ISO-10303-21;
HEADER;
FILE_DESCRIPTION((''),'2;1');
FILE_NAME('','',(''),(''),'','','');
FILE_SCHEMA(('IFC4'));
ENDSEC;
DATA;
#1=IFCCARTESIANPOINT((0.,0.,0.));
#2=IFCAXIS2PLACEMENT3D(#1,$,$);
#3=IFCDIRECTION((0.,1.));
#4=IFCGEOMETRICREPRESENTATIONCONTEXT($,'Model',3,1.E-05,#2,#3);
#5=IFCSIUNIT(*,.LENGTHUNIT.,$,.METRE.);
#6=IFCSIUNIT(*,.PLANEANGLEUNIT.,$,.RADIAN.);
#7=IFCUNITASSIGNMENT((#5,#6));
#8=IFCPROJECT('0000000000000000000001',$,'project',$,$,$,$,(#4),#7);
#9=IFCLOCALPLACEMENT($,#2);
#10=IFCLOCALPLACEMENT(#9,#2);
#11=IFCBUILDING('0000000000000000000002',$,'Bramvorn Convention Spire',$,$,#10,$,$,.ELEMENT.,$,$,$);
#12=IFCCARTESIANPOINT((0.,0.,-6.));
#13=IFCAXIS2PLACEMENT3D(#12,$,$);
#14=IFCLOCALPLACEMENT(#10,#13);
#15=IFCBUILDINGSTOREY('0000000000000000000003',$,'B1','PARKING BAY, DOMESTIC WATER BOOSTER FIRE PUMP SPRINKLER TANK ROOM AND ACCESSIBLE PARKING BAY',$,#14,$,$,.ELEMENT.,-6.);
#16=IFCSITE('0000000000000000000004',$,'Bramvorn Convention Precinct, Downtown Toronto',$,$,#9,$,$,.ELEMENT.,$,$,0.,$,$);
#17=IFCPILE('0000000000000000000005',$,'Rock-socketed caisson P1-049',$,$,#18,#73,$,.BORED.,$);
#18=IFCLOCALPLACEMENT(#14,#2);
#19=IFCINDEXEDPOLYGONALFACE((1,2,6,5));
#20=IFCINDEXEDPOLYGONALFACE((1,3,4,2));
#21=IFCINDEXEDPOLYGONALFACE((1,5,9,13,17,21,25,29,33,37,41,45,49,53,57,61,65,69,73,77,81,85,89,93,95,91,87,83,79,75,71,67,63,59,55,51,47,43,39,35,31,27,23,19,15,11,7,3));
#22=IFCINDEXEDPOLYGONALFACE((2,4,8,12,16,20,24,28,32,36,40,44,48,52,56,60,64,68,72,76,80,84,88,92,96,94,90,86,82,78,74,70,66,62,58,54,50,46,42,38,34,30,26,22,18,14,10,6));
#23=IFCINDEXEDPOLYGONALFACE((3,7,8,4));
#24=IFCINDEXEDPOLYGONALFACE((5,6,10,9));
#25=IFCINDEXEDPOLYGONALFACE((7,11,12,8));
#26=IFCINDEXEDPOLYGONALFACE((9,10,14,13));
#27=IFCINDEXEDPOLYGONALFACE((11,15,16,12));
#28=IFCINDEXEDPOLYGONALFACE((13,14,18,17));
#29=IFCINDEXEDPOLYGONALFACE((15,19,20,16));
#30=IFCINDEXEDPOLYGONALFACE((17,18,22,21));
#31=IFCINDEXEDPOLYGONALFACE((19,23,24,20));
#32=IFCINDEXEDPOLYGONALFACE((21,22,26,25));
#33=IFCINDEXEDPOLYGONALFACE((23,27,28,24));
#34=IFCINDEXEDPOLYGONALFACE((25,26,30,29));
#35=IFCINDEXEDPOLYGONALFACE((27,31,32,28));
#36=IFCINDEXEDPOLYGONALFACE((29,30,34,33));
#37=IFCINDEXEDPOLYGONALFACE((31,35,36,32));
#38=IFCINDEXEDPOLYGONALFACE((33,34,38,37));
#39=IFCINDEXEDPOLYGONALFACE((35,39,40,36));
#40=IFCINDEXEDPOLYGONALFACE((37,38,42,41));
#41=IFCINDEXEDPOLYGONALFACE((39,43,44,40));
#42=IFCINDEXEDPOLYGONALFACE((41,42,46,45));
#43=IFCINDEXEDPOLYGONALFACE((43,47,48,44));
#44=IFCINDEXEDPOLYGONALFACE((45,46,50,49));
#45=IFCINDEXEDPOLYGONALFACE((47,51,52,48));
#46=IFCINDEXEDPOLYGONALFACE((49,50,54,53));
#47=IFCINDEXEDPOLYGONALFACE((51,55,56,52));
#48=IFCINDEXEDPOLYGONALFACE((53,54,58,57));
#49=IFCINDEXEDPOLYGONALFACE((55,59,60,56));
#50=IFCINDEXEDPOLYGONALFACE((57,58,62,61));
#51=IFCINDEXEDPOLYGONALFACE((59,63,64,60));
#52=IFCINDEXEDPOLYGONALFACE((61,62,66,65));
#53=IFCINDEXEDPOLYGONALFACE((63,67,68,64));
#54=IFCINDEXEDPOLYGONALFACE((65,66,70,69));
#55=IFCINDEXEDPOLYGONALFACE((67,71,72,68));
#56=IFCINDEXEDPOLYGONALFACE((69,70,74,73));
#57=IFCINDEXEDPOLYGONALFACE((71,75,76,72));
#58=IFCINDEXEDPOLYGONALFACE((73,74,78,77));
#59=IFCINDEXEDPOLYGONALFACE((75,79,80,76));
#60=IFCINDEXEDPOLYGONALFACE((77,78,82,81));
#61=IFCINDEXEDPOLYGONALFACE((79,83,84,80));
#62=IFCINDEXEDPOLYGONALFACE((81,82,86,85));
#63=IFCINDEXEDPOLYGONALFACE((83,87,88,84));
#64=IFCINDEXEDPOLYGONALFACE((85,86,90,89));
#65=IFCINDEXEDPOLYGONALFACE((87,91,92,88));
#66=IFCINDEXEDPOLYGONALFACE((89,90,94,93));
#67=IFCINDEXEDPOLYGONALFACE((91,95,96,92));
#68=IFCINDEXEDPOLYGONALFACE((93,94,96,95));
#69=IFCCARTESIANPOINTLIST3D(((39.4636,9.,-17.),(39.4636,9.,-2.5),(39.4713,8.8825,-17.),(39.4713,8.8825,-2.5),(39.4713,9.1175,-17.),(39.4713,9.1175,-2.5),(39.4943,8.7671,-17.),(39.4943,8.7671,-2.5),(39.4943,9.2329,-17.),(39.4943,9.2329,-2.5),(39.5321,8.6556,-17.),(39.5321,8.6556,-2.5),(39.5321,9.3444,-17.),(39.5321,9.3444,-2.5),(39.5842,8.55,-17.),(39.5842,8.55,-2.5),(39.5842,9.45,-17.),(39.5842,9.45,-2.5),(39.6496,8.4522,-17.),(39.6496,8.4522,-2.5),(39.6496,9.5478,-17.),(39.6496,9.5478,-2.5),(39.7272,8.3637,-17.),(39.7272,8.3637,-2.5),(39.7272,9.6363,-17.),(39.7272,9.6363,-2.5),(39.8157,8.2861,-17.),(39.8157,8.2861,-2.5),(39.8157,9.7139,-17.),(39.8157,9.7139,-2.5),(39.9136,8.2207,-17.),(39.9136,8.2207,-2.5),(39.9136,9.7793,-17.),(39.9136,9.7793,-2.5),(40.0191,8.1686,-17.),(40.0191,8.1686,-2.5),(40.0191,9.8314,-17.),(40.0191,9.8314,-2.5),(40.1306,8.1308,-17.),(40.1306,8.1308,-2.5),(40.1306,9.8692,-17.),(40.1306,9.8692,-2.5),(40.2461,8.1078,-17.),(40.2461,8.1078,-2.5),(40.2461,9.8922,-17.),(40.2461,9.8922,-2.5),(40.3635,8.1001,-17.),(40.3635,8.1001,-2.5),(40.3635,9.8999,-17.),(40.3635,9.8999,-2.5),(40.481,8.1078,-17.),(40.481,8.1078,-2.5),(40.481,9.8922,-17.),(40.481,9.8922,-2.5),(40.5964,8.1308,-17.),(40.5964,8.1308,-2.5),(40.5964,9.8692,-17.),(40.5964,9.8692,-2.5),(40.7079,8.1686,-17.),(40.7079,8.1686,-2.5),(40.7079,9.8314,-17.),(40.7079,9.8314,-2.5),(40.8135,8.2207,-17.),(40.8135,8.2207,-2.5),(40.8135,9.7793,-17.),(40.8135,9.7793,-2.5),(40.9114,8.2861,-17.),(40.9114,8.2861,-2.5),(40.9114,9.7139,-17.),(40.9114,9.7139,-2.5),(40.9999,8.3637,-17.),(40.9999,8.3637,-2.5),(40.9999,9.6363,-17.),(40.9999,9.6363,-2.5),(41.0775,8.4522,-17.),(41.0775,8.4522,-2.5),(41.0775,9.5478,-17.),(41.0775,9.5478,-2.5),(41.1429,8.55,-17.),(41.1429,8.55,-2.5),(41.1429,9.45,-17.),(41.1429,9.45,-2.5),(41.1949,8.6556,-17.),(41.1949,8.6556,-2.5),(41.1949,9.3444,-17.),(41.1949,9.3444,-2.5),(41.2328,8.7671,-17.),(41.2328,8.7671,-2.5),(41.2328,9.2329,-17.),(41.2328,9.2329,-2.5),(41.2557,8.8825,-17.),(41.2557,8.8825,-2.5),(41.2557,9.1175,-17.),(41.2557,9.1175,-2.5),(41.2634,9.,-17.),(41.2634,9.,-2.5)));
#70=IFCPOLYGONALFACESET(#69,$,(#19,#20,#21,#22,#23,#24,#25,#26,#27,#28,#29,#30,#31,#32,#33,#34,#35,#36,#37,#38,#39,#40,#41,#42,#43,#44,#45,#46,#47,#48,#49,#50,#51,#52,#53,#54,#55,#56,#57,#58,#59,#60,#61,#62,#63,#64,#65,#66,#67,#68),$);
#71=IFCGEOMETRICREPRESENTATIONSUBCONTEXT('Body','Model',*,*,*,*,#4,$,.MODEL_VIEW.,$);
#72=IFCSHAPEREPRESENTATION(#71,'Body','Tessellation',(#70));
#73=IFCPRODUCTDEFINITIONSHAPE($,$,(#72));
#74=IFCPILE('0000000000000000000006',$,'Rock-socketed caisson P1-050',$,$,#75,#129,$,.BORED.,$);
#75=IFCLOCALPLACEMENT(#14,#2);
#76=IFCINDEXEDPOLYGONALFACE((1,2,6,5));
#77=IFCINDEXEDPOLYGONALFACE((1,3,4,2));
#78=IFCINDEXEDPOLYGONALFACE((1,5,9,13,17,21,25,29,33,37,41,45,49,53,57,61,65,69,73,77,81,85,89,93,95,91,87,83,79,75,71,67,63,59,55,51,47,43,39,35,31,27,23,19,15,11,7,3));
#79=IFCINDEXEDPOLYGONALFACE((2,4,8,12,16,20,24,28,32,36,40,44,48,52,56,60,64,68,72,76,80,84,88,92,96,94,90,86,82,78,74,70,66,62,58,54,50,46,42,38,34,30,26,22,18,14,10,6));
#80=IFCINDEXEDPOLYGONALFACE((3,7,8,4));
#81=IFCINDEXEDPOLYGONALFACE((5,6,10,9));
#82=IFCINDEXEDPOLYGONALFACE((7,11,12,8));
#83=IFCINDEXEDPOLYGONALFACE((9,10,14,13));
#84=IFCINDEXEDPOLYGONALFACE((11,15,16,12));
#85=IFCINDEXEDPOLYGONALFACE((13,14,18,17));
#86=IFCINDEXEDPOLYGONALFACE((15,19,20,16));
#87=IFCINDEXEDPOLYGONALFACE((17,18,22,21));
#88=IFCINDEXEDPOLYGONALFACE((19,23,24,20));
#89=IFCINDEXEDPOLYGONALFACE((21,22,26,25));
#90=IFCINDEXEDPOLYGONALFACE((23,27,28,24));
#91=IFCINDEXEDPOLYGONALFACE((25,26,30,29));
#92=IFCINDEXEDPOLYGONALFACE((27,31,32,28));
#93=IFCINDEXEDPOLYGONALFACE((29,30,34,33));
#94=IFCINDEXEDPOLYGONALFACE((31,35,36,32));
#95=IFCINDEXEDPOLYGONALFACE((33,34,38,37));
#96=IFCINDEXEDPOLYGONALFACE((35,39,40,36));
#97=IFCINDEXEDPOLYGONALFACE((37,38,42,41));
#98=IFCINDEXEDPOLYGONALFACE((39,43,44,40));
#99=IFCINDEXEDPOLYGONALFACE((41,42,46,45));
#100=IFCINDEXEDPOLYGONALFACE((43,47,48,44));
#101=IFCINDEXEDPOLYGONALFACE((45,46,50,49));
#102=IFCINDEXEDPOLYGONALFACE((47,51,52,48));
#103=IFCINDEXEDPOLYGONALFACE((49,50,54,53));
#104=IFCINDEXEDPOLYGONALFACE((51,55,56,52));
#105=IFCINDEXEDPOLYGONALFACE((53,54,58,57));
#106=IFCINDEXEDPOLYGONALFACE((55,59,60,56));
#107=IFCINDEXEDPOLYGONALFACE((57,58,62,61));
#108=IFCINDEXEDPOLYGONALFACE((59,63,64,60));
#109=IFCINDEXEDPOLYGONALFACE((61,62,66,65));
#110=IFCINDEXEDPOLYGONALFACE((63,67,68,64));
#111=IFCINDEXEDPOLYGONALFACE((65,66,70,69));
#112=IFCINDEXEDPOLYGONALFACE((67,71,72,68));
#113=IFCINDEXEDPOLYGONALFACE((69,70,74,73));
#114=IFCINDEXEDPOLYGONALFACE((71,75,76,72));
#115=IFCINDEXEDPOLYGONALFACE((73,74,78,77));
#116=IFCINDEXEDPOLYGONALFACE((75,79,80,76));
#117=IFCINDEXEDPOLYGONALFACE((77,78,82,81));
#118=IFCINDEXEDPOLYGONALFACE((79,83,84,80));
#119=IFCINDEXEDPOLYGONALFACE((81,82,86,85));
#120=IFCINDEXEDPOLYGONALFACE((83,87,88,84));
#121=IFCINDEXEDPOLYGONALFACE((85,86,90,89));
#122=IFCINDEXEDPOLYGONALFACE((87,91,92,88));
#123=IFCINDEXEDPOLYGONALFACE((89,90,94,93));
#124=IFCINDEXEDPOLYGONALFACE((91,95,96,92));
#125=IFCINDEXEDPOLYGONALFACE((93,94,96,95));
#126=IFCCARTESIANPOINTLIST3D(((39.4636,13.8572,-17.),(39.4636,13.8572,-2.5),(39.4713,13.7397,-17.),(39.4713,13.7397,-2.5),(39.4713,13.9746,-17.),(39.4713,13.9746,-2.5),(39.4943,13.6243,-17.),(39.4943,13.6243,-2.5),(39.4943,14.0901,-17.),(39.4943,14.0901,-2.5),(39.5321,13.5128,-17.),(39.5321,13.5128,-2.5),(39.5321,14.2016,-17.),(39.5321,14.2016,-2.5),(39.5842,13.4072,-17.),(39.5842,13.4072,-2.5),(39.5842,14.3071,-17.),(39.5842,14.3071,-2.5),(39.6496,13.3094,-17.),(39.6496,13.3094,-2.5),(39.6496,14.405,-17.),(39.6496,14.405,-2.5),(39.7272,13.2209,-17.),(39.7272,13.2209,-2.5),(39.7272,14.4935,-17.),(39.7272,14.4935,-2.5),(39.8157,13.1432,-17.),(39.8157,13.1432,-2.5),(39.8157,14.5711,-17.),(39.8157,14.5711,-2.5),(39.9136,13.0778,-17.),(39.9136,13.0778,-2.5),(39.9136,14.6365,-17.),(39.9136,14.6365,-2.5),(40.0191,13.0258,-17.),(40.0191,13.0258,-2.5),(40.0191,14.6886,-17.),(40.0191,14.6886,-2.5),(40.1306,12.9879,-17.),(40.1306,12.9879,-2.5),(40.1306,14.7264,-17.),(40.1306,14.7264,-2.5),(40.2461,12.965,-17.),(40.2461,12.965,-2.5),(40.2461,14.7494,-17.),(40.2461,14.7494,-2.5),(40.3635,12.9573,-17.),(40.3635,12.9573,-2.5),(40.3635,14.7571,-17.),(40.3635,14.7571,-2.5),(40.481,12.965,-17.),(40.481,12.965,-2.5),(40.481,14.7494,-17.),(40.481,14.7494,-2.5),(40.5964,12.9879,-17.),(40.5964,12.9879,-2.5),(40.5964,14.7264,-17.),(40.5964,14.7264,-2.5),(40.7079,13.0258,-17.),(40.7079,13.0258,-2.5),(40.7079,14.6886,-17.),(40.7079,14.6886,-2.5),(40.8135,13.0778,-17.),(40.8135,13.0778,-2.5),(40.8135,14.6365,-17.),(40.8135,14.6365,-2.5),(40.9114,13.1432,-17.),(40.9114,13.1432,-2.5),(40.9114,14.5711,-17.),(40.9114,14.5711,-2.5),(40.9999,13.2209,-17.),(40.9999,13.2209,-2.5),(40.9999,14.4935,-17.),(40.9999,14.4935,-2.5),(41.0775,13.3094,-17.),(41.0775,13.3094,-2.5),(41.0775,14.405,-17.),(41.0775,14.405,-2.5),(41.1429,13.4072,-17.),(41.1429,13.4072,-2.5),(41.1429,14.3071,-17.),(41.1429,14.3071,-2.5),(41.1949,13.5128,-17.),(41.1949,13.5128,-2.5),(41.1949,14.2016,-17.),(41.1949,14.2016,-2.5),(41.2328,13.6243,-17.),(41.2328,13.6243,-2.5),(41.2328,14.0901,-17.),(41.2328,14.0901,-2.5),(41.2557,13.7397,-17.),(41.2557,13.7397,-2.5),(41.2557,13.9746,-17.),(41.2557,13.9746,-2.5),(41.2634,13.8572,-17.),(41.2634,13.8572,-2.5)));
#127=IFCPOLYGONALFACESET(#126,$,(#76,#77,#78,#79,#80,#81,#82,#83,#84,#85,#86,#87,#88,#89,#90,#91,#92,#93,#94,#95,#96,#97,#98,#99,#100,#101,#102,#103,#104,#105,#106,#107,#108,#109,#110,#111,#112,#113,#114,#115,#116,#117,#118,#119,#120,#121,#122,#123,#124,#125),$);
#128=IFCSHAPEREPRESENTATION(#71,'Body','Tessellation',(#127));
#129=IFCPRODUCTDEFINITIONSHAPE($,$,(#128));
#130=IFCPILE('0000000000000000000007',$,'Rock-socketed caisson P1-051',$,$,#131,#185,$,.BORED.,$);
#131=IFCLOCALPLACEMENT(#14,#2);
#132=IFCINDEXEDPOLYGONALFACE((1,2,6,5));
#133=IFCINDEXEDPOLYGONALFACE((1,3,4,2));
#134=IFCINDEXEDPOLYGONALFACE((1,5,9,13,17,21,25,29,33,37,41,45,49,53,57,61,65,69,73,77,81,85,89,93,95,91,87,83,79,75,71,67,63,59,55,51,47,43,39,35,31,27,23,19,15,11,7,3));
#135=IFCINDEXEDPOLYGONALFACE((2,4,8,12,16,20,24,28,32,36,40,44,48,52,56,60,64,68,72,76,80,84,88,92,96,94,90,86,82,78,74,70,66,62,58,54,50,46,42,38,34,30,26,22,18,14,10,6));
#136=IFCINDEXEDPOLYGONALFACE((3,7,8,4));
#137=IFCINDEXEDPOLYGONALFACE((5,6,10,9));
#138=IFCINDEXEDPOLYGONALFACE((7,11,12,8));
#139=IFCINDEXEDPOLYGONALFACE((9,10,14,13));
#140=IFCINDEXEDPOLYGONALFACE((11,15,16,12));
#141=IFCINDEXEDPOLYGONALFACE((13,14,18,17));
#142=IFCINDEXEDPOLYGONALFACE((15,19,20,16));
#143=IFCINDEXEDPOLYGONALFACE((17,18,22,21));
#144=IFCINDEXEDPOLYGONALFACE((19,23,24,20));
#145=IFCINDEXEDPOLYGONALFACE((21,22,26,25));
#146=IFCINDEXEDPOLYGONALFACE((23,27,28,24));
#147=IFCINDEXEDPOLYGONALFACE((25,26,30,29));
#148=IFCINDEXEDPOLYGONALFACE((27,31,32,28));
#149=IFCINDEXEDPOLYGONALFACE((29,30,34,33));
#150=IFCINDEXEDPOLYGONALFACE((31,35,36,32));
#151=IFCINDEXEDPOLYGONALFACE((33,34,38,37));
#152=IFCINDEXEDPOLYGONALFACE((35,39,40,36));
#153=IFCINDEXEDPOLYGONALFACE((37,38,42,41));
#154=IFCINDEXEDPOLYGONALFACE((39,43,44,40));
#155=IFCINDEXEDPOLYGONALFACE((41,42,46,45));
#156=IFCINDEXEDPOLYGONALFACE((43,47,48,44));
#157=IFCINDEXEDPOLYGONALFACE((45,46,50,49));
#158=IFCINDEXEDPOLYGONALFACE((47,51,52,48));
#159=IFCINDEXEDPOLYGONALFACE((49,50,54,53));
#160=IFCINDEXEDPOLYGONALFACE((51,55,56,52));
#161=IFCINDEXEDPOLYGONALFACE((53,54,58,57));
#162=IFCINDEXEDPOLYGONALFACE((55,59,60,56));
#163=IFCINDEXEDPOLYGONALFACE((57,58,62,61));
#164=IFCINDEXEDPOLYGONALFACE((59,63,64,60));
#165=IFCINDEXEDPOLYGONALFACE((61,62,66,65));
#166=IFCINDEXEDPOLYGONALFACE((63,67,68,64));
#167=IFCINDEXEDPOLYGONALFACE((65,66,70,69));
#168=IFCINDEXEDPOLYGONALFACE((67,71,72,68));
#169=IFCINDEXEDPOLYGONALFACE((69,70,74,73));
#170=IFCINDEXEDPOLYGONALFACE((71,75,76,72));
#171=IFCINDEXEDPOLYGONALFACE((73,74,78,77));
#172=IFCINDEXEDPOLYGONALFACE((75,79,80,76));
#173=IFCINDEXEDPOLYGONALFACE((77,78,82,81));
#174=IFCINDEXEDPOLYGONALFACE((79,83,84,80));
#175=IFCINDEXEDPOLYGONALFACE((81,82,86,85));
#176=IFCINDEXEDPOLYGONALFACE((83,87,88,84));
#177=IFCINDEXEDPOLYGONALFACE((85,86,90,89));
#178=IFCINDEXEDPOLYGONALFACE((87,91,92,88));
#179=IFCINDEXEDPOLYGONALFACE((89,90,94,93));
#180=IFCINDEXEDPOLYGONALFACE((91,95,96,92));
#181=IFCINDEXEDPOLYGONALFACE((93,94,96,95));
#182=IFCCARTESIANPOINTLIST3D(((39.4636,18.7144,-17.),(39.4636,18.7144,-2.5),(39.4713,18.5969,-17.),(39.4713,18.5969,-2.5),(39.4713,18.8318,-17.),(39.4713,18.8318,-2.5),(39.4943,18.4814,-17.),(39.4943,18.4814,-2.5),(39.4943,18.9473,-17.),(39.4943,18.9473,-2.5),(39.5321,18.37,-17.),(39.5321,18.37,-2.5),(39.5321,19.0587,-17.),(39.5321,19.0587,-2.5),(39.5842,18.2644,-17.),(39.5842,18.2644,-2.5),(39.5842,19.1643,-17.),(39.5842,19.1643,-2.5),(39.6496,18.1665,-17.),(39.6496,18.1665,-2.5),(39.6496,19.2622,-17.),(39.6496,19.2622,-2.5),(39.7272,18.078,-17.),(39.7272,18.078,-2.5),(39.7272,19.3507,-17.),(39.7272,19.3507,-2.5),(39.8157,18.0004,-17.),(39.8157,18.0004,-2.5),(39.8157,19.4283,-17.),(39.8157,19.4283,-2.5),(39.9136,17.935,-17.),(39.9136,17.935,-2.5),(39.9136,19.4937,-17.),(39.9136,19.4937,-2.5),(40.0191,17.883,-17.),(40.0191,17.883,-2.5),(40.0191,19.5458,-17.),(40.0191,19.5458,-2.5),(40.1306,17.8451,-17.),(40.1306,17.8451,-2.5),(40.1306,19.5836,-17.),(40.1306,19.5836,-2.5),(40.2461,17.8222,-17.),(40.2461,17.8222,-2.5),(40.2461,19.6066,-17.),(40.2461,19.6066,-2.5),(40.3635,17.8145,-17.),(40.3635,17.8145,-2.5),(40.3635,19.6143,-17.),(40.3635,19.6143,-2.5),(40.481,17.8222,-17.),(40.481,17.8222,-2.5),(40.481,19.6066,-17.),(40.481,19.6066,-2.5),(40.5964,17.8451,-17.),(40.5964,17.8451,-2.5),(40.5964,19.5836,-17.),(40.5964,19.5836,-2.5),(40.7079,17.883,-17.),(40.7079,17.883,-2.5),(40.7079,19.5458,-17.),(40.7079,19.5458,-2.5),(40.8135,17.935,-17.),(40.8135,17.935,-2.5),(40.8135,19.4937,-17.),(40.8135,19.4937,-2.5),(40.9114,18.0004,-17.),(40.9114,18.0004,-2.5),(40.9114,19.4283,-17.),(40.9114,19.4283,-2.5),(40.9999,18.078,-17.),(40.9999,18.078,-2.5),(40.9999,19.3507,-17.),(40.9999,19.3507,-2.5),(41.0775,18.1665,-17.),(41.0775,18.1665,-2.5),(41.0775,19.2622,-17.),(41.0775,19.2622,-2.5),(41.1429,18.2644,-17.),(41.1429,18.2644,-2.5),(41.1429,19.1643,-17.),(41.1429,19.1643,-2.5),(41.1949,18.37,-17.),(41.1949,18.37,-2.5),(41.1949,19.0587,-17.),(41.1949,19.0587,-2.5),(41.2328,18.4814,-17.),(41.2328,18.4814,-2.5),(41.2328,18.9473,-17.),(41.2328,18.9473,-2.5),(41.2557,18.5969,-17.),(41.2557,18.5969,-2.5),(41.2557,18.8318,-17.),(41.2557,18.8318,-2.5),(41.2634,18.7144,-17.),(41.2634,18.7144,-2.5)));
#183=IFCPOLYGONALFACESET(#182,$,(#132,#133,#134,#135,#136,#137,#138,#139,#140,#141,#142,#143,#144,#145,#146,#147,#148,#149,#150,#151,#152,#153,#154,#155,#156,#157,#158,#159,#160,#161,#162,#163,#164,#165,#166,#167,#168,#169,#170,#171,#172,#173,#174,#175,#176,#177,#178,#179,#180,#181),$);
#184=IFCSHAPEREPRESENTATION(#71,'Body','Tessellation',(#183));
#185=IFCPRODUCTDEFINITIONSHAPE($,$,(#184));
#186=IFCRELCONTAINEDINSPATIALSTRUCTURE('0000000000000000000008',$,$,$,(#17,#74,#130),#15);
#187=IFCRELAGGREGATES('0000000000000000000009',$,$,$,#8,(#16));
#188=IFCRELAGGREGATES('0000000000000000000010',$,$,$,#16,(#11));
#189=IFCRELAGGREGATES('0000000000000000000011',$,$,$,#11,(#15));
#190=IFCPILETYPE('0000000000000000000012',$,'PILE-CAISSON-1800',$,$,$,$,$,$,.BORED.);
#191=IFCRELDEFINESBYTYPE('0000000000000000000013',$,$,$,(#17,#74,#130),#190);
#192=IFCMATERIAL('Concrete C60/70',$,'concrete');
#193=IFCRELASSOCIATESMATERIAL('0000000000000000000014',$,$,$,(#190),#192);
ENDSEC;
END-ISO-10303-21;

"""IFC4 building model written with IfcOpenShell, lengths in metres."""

from ifc_helpers import new_model, si_unit, direction, frame, origin, origin_2d, place, context, subcontext, project, spatial, circle, extrude, material, material_profile, profile_set, type_object, element, save


model = new_model("IFC4")

# Units and contexts
model_context = context("Model", 3, precision=1e-05, world=origin(), true_north=direction((0.0, 1.0)))
body_context = subcontext(model_context, "Body", "Model", "MODEL_VIEW")
ifc_project = project(units=[si_unit("LENGTHUNIT", "METRE"), si_unit("PLANEANGLEUNIT", "RADIAN")], contexts=[model_context])

# Site, building, storey
site_placement = place(None, origin())
site = spatial("IfcSite", under=ifc_project, at=site_placement, Name="Bramvorn Convention Precinct, Downtown Toronto", CompositionType="ELEMENT", RefElevation=0.0)
building_placement = place(site_placement, origin())
building = spatial("IfcBuilding", under=site, at=building_placement, Name="Bramvorn Convention Spire", CompositionType="ELEMENT")
storey_placement = place(building_placement, frame((0.0, 0.0, -6.0)))
storey = spatial("IfcBuildingStorey", under=building, at=storey_placement, Name="B1", Description="PARKING BAY, DOMESTIC WATER BOOSTER FIRE PUMP SPRINKLER TANK ROOM AND ACCESSIBLE PARKING BAY", CompositionType="ELEMENT", Elevation=-6.0)

# Shared definitions
ifc_material_1 = material(Name="Concrete C60/70", Category="concrete")

# Piles
ifc_material_profile_1 = material_profile(ifc_material_1, circle(Radius=0.8999, at=origin_2d()))
ifc_profile_set_1 = profile_set([ifc_material_profile_1], Name="Concrete C60/70 - CAISSON1800")
pile_type_1 = type_object("IfcPileType", Name="PILE-CAISSON-1800", PredefinedType="BORED", material=ifc_profile_set_1)
for number, where, z_axis, x_axis, name in (
    (1, (40.3635, 9.0, -2.5), (0.0, 0.0, -1.0), (1.0, 0.0, 0.0), "Rock-socketed caisson P1-049"),
    (2, (40.3635, 13.8572, -2.5), (0.0, 0.0, -1.0), (1.0, 0.0, 0.0), "Rock-socketed caisson P1-050"),
    (3, (40.3635, 18.7144, -2.5), (0.0, 0.0, -1.0), (1.0, 0.0, 0.0), "Rock-socketed caisson P1-051"),
):
    element("IfcPile", number, at=place(storey_placement, frame(where, z_axis=z_axis, x_axis=x_axis)), inside=storey, type_object=pile_type_1, Name=name, PredefinedType="BORED", context=body_context, shape_type="SweptSolid", body=[
        extrude(circle(Radius=0.8999, at=origin_2d()), origin(), (0.0, 0.0, 1.0), 14.5),
    ])

save(model, "model.ifc")
